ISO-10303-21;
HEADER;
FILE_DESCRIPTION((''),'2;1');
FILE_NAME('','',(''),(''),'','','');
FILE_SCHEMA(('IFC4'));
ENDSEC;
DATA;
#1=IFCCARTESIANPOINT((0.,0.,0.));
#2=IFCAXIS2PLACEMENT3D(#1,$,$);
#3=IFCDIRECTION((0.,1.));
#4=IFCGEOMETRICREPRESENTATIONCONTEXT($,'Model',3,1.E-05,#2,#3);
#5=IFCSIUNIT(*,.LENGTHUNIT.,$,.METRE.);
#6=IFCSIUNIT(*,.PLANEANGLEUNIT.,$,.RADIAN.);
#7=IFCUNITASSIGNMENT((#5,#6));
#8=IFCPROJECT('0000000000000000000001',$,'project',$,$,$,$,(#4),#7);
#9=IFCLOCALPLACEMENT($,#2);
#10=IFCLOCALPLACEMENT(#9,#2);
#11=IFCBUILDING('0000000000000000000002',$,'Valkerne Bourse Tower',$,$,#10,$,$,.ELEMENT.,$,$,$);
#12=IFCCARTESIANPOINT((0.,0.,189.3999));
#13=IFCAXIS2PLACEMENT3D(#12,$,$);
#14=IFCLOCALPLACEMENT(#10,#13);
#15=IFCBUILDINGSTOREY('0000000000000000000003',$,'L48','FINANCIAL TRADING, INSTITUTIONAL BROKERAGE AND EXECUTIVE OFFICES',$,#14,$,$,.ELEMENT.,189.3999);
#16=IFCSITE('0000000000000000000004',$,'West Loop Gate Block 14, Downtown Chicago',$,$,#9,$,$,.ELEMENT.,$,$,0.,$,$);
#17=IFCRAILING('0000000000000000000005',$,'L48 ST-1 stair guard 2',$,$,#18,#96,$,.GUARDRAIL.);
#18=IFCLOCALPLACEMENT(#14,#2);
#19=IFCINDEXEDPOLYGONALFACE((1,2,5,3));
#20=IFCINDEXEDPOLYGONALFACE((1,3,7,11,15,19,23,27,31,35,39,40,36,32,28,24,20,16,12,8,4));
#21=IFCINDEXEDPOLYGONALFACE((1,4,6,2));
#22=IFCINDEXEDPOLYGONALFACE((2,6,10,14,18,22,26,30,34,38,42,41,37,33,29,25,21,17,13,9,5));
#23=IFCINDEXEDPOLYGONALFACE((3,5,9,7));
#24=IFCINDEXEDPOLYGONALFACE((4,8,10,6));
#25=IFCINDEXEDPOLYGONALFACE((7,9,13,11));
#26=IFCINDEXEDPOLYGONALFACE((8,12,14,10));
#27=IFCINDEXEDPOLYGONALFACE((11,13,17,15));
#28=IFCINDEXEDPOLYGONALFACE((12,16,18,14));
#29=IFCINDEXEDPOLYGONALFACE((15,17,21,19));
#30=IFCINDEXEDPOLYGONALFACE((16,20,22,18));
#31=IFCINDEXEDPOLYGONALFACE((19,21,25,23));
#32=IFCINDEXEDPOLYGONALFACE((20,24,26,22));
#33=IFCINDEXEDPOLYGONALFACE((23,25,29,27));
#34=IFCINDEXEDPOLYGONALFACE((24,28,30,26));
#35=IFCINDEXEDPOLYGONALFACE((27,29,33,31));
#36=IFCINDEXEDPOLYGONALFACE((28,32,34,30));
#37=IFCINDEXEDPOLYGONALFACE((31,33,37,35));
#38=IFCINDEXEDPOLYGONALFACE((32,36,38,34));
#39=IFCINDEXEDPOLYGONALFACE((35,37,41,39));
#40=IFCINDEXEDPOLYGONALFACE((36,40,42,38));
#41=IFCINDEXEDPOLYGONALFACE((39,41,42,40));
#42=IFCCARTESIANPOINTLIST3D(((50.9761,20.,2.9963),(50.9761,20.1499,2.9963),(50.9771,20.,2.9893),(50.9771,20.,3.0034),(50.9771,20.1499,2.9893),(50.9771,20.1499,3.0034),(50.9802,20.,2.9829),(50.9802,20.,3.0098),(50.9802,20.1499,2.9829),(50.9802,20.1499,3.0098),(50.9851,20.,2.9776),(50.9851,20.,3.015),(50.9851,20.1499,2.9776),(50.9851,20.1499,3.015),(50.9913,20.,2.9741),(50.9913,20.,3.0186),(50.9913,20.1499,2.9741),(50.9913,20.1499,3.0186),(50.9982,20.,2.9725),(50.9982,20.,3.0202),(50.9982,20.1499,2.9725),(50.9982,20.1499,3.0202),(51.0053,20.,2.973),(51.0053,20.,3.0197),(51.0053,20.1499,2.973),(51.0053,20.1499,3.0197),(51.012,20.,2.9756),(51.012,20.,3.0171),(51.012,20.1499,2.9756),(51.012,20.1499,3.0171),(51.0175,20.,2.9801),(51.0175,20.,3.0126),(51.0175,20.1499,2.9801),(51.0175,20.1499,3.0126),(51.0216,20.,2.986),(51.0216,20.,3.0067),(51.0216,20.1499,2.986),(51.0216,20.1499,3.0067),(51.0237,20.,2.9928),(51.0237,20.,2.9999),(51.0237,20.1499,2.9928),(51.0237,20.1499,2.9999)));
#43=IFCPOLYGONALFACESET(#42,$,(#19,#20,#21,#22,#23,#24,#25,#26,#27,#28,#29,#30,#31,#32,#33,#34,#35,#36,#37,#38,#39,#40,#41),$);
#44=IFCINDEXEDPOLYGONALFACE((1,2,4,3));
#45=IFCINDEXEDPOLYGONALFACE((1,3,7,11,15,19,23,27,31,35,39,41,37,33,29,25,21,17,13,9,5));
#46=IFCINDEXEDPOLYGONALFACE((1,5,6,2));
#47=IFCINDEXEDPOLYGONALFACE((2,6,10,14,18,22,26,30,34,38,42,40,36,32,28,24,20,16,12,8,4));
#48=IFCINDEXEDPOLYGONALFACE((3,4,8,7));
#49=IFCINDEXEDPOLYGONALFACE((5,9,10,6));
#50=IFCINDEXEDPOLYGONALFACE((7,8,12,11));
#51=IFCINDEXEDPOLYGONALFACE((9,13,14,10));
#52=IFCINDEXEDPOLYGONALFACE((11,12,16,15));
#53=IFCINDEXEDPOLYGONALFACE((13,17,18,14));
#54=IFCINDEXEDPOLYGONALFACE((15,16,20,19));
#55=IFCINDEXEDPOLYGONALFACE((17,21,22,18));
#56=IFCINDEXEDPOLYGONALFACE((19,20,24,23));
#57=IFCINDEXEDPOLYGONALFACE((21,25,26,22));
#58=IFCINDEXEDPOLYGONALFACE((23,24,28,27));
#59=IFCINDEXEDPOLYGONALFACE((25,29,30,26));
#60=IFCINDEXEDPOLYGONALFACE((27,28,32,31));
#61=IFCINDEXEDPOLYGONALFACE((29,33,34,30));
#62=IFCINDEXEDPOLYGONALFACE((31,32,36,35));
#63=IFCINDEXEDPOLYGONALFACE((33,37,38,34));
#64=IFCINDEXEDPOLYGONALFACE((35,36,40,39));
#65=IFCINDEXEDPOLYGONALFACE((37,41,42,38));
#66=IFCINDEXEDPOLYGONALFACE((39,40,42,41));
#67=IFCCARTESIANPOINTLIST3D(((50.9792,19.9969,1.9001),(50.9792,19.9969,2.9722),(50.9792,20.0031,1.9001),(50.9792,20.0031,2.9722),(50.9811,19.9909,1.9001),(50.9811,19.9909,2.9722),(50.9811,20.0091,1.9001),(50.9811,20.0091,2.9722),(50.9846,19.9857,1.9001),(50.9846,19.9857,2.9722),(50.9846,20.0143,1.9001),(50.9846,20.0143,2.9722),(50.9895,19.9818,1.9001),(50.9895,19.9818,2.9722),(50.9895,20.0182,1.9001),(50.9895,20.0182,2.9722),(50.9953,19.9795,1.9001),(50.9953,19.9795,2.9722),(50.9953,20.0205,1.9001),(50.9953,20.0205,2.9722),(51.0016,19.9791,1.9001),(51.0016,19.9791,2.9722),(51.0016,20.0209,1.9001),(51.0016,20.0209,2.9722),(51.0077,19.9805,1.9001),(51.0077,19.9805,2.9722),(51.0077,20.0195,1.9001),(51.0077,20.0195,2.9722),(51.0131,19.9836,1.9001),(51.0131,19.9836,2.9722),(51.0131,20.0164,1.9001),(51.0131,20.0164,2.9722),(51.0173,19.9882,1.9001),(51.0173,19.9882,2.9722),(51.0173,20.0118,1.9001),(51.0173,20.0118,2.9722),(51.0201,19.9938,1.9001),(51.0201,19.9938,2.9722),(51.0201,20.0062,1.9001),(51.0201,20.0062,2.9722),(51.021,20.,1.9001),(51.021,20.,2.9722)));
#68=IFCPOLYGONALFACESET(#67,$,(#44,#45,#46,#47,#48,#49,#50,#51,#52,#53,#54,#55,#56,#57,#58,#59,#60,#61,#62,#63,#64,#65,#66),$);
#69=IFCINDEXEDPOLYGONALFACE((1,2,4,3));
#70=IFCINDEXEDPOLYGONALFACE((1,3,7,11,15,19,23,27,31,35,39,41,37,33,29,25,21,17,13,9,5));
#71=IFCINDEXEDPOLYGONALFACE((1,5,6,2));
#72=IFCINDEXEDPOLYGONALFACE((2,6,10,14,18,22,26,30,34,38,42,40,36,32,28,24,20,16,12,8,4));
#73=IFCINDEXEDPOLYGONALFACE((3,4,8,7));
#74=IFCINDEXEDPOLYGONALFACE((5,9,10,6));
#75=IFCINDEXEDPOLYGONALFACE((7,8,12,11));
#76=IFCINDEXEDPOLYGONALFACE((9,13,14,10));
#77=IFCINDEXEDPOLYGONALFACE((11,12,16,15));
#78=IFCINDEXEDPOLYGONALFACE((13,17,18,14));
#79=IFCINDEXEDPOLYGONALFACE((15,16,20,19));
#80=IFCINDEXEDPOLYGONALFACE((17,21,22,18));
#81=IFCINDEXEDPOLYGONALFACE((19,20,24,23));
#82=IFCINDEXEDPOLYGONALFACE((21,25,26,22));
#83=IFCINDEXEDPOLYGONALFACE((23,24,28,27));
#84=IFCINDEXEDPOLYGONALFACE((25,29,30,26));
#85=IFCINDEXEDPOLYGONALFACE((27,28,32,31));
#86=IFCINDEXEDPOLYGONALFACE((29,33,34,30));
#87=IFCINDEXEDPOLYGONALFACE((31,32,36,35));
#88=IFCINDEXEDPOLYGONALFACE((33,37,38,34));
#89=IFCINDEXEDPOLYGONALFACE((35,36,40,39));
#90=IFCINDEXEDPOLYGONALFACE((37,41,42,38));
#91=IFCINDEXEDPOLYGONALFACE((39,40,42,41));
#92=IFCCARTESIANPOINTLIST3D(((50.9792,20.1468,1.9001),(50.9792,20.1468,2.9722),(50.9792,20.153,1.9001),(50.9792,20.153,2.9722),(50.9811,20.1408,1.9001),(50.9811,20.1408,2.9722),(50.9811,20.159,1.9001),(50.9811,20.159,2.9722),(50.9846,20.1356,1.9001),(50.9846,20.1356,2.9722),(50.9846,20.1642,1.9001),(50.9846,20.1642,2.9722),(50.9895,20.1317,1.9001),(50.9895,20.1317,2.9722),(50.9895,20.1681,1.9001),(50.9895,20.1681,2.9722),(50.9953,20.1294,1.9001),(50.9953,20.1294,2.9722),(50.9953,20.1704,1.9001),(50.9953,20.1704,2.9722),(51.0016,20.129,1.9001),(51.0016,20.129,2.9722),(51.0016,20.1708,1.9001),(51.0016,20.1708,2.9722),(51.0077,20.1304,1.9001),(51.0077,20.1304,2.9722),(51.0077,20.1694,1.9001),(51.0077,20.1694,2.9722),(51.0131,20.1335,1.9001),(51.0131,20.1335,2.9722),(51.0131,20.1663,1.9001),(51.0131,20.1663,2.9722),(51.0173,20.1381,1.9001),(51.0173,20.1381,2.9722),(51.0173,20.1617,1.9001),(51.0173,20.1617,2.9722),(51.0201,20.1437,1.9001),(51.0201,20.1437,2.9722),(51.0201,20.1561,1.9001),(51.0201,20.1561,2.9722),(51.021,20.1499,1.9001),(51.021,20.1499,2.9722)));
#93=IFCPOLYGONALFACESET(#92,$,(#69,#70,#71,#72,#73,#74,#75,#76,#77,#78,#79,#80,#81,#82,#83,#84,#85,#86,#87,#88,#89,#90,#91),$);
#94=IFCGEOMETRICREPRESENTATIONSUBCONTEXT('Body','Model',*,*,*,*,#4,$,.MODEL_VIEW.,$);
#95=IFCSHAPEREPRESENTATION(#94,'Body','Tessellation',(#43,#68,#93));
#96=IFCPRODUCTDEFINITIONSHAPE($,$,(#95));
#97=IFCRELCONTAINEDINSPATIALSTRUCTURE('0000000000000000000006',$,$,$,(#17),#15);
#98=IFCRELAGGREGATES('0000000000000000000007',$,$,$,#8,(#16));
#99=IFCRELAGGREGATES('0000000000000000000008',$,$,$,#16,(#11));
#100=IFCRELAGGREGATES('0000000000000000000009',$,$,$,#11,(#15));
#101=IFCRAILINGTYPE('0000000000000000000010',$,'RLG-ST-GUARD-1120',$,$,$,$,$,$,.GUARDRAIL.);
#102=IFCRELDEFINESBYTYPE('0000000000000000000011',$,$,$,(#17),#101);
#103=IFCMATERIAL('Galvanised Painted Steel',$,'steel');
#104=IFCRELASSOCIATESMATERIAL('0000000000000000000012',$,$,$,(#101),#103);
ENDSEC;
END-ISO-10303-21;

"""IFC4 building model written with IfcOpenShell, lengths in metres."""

from ifc_helpers import new_model, si_unit, direction, frame, origin, origin_2d, place, context, subcontext, project, spatial, circle, extrude, material, type_object, element, save


model = new_model("IFC4")

# Units and contexts
model_context = context("Model", 3, precision=1e-05, world=origin(), true_north=direction((0.0, 1.0)))
body_context = subcontext(model_context, "Body", "Model", "MODEL_VIEW")
ifc_project = project(units=[si_unit("LENGTHUNIT", "METRE"), si_unit("PLANEANGLEUNIT", "RADIAN")], contexts=[model_context])

# Site, building, storey
site_placement = place(None, origin())
site = spatial("IfcSite", under=ifc_project, at=site_placement, Name="West Loop Gate Block 14, Downtown Chicago", CompositionType="ELEMENT", RefElevation=0.0)
building_placement = place(site_placement, origin())
building = spatial("IfcBuilding", under=site, at=building_placement, Name="Valkerne Bourse Tower", CompositionType="ELEMENT")
storey_placement = place(building_placement, frame((0.0, 0.0, 189.3999)))
storey = spatial("IfcBuildingStorey", under=building, at=storey_placement, Name="L48", Description="FINANCIAL TRADING, INSTITUTIONAL BROKERAGE AND EXECUTIVE OFFICES", CompositionType="ELEMENT", Elevation=189.3999)

# Shared definitions
ifc_material_1 = material(Name="Galvanised Painted Steel", Category="steel")

# Railing
railing_type_1 = type_object("IfcRailingType", Name="RLG-ST-GUARD-1120", PredefinedType="GUARDRAIL", material=ifc_material_1)
railing_1_placement = place(storey_placement, frame((51.0, 20.0, 1.9001)))
element("IfcRailing", 1, at=railing_1_placement, inside=storey, type_object=railing_type_1, Name="L48 ST-1 stair guard 2", PredefinedType="GUARDRAIL", context=body_context, shape_type="SweptSolid", body=[
    extrude(circle(Radius=0.0239, at=origin_2d()), frame((0.0, 0.0, 1.0962), z_axis=(0.0, 1.0, 0.0), x_axis=(-1.0, 0.0, 0.0)), (0.0, 0.0, 1.0), 0.1499),
    extrude(circle(Radius=0.021, at=origin_2d()), origin(), (0.0, 0.0, 1.0), 1.072),
    extrude(circle(Radius=0.021, at=origin_2d()), frame((0.0, 0.1499, 0.0)), (0.0, 0.0, 1.0), 1.072),
])

save(model, "model.ifc")
